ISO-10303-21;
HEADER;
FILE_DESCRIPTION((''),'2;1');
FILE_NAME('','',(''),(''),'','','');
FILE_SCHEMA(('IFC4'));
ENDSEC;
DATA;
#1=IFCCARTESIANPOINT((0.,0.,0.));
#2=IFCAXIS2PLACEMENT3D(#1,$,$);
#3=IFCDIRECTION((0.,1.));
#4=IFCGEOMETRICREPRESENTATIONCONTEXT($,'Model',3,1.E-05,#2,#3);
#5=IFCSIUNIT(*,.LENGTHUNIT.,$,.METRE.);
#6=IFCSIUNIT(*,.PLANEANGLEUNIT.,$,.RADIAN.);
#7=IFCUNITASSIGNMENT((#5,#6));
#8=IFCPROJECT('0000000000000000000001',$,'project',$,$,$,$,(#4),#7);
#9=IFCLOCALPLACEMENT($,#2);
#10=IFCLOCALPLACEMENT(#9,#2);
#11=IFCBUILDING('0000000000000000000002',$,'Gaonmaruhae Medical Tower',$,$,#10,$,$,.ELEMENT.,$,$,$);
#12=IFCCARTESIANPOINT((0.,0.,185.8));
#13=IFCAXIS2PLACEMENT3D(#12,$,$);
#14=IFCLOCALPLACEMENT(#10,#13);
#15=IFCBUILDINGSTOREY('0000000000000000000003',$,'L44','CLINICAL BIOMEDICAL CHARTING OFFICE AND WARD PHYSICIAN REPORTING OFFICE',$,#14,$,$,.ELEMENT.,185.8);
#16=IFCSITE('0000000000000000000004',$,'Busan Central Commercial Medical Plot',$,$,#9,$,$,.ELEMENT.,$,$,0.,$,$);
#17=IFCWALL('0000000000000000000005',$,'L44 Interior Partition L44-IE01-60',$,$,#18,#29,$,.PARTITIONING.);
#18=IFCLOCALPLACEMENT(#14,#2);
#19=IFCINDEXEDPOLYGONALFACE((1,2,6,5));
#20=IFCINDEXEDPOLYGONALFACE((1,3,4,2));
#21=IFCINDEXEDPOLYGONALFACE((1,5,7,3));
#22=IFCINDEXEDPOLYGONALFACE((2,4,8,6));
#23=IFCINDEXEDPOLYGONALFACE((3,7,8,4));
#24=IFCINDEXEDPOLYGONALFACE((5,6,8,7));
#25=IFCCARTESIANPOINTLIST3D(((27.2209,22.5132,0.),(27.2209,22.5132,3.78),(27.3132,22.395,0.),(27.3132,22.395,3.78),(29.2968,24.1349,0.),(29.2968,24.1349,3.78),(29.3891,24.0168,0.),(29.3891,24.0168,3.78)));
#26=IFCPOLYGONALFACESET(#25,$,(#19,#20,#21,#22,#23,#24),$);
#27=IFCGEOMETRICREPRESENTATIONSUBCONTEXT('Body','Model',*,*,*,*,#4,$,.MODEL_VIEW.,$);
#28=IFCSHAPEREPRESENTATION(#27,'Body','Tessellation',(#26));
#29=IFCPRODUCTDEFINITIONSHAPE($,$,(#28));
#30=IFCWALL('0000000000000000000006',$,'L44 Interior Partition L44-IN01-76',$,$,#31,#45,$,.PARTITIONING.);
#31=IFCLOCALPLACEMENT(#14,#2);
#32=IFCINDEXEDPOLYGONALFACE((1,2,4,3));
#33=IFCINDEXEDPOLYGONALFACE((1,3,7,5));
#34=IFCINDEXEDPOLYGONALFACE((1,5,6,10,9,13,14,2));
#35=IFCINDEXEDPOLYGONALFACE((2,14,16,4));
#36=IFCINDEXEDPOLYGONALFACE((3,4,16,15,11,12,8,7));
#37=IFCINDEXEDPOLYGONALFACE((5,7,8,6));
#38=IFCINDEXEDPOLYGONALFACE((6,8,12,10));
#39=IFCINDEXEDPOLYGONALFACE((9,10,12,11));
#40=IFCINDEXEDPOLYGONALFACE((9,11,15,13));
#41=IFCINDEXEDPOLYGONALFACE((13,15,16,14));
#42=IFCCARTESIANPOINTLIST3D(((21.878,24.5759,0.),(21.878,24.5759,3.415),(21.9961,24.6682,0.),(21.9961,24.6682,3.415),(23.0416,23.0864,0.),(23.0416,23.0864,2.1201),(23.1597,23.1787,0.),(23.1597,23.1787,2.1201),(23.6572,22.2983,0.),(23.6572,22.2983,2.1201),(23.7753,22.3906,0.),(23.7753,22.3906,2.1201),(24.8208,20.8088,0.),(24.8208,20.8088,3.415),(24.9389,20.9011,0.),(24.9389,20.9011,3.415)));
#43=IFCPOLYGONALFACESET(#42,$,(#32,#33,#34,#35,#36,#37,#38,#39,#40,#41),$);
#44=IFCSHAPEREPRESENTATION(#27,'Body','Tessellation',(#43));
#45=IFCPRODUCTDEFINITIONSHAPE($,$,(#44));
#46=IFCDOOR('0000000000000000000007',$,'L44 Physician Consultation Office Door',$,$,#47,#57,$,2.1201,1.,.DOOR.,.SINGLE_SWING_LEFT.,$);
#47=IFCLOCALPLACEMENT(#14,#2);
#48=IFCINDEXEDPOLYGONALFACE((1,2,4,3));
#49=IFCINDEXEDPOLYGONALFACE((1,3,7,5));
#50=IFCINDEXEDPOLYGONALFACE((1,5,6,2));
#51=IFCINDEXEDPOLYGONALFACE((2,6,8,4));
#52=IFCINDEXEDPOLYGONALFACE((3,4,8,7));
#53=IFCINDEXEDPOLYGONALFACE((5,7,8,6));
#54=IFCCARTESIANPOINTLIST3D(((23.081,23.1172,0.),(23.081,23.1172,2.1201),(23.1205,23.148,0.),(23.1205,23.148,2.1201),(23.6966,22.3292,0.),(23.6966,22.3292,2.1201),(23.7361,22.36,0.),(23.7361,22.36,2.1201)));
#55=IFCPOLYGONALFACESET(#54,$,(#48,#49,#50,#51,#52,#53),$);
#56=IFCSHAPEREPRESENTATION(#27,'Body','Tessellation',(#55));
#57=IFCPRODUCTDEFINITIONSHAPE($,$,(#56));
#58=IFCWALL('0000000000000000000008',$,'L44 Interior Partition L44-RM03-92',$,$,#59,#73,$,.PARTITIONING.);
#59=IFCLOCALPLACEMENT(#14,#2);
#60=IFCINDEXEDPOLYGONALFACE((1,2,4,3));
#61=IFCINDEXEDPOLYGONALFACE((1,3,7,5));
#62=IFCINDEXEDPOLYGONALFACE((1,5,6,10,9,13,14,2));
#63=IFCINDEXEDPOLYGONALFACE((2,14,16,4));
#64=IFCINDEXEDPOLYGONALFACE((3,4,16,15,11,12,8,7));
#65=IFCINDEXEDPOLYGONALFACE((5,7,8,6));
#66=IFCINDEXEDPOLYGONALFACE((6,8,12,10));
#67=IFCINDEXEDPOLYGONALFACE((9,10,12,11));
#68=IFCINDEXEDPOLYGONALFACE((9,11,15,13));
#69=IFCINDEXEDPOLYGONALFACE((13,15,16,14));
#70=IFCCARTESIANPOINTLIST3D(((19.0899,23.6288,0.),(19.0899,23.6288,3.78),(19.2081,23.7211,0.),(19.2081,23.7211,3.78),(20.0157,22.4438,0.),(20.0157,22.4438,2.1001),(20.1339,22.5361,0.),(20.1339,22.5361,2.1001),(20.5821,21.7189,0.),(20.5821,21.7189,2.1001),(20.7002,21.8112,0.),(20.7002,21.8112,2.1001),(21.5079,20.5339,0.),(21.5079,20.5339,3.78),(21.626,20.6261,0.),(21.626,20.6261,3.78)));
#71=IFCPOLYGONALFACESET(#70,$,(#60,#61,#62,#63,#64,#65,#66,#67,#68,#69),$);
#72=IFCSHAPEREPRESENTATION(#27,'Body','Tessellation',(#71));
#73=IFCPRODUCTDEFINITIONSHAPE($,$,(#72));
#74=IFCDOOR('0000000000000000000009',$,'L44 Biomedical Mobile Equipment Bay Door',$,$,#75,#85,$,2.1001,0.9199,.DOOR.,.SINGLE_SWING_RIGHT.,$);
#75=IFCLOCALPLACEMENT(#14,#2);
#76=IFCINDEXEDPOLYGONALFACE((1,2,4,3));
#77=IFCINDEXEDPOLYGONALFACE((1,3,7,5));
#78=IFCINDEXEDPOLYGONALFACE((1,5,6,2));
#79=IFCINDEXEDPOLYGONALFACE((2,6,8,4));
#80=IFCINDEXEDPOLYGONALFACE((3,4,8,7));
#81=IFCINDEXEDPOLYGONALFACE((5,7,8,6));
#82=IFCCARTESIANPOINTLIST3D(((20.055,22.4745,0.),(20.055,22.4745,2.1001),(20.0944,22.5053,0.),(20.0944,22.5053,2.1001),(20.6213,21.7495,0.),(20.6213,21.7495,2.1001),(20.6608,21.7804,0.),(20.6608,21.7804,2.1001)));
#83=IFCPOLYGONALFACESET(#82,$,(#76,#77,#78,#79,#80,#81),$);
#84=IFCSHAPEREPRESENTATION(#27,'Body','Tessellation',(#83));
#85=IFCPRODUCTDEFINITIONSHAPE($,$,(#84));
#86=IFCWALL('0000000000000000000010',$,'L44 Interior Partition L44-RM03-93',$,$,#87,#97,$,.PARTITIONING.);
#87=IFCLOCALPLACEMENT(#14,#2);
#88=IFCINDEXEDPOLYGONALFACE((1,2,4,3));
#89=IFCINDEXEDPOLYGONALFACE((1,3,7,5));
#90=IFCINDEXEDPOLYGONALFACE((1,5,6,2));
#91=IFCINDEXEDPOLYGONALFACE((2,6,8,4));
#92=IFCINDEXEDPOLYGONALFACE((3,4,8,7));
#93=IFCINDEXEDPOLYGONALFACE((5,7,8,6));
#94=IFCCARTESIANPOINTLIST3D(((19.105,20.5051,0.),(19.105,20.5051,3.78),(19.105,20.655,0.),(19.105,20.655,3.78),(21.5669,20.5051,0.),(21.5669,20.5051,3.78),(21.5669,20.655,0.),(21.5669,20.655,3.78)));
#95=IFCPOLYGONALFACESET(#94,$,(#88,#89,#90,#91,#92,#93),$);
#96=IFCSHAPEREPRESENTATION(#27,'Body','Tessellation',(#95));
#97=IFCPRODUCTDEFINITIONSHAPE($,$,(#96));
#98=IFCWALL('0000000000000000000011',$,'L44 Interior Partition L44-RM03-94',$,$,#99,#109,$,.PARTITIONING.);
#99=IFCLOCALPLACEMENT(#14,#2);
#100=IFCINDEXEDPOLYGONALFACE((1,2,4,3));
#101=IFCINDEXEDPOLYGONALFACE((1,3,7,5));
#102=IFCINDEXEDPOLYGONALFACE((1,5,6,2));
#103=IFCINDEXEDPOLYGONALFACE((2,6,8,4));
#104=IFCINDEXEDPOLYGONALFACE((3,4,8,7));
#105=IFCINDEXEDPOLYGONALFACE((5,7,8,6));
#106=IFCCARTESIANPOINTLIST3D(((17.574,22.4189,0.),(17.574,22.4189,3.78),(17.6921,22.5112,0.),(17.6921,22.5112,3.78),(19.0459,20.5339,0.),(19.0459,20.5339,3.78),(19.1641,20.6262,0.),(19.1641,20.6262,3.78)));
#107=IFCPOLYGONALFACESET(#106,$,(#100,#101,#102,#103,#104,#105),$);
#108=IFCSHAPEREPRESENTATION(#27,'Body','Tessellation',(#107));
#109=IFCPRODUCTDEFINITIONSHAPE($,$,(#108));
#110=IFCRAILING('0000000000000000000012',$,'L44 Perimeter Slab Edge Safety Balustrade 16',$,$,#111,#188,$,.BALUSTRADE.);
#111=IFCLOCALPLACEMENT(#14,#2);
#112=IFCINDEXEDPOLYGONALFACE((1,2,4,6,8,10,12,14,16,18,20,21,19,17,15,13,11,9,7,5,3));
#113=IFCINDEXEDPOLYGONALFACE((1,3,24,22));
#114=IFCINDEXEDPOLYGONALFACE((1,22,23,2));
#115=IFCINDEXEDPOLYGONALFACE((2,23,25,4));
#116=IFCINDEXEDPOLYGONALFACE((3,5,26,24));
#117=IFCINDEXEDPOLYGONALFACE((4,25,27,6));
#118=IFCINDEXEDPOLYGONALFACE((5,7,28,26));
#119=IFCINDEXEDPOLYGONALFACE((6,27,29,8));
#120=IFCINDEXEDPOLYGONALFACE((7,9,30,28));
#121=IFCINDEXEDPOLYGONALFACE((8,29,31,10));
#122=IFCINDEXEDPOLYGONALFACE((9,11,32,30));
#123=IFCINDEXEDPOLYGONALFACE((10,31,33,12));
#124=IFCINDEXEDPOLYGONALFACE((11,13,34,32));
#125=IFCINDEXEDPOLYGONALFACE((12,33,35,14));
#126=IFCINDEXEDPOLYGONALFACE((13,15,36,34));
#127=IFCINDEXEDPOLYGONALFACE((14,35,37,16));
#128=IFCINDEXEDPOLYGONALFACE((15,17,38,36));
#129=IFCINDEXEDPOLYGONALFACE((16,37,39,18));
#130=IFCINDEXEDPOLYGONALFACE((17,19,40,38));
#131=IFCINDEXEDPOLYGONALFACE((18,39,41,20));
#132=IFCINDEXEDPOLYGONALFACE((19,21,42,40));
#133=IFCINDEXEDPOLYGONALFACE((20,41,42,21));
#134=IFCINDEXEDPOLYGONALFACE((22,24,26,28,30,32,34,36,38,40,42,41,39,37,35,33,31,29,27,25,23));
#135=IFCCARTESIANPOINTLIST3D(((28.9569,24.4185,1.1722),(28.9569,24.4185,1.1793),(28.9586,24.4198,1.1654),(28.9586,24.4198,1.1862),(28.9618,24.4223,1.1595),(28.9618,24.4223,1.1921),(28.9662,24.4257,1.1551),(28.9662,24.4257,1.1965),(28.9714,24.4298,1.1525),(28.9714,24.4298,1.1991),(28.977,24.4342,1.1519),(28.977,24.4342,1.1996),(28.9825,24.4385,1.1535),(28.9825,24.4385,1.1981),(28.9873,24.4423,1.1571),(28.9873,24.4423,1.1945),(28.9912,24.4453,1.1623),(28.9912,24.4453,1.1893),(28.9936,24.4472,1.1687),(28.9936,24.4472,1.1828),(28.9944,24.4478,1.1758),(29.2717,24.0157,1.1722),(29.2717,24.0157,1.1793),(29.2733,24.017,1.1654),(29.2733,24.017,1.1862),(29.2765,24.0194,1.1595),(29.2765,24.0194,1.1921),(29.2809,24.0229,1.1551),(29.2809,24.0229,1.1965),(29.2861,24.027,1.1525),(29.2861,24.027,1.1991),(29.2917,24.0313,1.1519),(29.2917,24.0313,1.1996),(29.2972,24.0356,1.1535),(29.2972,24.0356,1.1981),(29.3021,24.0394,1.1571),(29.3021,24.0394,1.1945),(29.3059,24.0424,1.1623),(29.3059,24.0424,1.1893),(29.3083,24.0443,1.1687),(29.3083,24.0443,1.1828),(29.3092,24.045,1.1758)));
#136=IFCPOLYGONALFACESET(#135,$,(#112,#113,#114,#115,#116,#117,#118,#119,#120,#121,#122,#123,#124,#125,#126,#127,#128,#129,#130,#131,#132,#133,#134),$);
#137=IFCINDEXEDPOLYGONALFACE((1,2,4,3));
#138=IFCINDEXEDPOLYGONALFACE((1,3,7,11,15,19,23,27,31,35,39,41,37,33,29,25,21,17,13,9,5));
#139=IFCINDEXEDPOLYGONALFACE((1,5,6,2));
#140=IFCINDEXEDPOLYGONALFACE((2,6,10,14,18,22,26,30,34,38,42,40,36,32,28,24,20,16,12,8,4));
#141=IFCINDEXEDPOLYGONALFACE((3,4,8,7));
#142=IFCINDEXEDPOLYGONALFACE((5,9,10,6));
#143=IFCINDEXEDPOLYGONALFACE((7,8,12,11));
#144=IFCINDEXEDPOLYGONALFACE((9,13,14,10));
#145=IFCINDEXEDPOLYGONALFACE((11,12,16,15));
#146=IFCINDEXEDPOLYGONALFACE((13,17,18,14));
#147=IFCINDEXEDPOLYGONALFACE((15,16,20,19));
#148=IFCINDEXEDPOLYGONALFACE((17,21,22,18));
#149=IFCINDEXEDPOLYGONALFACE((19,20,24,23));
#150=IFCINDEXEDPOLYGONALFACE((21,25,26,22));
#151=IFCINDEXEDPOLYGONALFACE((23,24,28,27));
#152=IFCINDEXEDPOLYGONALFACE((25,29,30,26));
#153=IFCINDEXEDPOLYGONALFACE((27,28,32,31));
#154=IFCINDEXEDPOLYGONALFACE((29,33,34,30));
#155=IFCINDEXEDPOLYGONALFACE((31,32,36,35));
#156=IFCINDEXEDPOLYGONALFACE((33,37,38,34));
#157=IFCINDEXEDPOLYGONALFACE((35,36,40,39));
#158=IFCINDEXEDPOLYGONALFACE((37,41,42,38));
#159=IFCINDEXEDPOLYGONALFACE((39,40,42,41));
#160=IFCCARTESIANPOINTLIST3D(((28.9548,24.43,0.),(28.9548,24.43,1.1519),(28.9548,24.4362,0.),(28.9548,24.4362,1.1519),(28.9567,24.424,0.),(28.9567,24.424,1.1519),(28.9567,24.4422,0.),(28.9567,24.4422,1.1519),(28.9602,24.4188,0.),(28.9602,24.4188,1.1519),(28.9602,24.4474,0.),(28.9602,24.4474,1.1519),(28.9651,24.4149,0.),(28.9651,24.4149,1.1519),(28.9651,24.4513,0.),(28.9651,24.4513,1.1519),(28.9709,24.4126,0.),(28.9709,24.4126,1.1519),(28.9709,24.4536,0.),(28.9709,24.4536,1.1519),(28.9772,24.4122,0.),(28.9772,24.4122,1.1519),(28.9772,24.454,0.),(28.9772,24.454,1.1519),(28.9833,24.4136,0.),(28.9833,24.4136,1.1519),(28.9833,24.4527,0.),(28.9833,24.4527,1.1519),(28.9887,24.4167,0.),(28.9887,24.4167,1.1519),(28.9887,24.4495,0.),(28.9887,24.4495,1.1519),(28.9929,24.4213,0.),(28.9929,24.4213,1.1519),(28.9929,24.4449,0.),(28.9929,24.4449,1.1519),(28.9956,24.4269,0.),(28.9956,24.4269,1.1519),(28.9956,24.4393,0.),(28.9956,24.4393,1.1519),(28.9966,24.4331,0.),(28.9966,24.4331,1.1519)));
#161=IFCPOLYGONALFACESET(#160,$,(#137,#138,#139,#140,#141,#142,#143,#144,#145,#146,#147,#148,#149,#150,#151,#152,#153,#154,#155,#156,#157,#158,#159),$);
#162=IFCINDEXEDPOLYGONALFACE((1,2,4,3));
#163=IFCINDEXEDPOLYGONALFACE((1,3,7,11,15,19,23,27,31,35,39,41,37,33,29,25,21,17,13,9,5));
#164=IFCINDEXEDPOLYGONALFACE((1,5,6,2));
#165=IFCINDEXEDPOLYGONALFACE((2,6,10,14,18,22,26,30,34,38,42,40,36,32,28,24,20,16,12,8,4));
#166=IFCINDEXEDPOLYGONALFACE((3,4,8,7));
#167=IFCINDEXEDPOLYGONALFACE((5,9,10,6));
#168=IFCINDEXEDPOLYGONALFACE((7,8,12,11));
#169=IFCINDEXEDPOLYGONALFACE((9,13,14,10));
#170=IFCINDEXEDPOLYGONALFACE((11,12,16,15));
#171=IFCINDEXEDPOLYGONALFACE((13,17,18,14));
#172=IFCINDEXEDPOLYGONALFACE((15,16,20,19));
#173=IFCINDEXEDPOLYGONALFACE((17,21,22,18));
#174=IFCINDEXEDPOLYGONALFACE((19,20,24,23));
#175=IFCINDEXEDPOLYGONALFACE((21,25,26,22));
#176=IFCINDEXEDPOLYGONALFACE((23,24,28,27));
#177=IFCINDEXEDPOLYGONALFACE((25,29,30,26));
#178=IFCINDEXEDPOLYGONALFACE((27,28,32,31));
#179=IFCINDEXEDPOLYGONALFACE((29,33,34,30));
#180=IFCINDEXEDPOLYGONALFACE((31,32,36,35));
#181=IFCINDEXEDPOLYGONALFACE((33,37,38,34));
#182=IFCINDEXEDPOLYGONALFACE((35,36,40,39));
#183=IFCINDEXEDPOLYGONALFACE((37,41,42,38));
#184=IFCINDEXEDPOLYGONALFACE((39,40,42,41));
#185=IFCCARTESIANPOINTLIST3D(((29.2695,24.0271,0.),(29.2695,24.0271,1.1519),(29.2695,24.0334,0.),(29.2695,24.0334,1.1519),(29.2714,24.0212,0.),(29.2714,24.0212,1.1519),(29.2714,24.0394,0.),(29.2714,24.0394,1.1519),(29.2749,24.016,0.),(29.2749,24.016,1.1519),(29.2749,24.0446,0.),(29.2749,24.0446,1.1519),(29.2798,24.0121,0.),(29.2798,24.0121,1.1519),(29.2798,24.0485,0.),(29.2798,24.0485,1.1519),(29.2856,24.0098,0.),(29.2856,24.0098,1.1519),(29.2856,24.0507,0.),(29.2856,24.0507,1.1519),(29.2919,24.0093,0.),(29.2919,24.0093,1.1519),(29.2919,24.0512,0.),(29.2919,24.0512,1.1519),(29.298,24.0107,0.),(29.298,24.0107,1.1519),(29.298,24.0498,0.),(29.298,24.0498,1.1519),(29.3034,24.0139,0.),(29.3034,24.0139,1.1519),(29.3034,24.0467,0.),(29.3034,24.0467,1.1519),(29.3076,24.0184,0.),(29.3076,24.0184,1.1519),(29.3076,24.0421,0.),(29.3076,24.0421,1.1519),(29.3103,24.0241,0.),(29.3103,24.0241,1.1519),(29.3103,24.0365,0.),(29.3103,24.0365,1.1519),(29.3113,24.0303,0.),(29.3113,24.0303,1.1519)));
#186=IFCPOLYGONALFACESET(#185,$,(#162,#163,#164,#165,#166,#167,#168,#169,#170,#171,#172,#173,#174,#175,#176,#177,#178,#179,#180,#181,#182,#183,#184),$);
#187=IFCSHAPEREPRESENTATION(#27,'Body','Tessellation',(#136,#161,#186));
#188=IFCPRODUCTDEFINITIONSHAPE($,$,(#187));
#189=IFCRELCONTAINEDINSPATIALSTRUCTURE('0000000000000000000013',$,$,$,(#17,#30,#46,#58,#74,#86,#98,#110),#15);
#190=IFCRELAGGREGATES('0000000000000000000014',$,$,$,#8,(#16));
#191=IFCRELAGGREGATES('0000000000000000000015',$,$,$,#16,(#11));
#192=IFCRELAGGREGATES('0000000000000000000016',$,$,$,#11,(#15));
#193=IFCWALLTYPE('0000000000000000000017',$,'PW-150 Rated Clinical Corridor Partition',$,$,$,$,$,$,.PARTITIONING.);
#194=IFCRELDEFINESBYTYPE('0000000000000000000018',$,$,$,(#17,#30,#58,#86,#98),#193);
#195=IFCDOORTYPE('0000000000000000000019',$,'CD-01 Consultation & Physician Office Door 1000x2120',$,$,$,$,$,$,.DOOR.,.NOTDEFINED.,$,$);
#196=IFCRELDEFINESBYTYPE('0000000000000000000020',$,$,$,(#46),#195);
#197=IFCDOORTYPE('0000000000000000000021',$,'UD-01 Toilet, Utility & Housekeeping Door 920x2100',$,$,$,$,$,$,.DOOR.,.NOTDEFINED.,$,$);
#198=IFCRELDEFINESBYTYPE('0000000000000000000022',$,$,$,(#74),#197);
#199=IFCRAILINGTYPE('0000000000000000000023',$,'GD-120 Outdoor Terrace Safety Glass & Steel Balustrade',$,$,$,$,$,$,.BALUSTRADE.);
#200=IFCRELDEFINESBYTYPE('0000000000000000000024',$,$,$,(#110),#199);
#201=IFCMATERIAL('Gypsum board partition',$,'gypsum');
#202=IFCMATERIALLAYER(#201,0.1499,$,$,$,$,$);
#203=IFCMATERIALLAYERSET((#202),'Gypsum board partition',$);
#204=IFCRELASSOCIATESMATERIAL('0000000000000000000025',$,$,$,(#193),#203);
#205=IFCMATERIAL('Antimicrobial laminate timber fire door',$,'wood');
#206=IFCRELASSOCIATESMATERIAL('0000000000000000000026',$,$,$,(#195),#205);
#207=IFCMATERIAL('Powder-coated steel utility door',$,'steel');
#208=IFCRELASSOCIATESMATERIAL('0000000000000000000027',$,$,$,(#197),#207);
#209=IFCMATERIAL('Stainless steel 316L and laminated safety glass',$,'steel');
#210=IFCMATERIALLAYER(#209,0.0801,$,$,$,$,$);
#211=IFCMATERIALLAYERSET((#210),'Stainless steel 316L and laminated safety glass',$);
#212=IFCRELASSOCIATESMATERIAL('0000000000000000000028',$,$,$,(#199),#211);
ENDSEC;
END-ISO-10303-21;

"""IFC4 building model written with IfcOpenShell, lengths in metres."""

from ifc_helpers import new_model, si_unit, direction, frame, frame_2d, origin, origin_2d, place, context, subcontext, project, spatial, rectangle, circle, extrude, material, layer, layer_set, type_object, element, fill, save


model = new_model("IFC4")

# Units and contexts
model_context = context("Model", 3, precision=1e-05, world=origin(), true_north=direction((0.0, 1.0)))
body_context = subcontext(model_context, "Body", "Model", "MODEL_VIEW")
ifc_project = project(units=[si_unit("LENGTHUNIT", "METRE"), si_unit("PLANEANGLEUNIT", "RADIAN")], contexts=[model_context])

# Site, building, storey
site_placement = place(None, origin())
site = spatial("IfcSite", under=ifc_project, at=site_placement, Name="Busan Central Commercial Medical Plot", CompositionType="ELEMENT", RefElevation=0.0)
building_placement = place(site_placement, origin())
building = spatial("IfcBuilding", under=site, at=building_placement, Name="Gaonmaruhae Medical Tower", CompositionType="ELEMENT")
storey_placement = place(building_placement, frame((0.0, 0.0, 185.8)))
storey = spatial("IfcBuildingStorey", under=building, at=storey_placement, Name="L44", Description="CLINICAL BIOMEDICAL CHARTING OFFICE AND WARD PHYSICIAN REPORTING OFFICE", CompositionType="ELEMENT", Elevation=185.8)

# Wall
ifc_material_1 = material(Name="Gypsum board partition", Category="gypsum")
ifc_layer_1 = layer(ifc_material_1, 0.1499)
ifc_layer_set_1 = layer_set([ifc_layer_1], Name="Gypsum board partition")
wall_type_1 = type_object("IfcWallType", Name="PW-150 Rated Clinical Corridor Partition", PredefinedType="PARTITIONING", material=ifc_layer_set_1)
wall_1_placement = place(storey_placement, frame((27.2671, 22.4541, 0.0), z_axis=(0.0, 0.0, 1.0), x_axis=(0.788023, 0.615646, 0.0)))
element("IfcWall", 1, at=wall_1_placement, inside=storey, type_object=wall_type_1, Name="L44 Interior Partition L44-IE01-60", PredefinedType="PARTITIONING", context=body_context, shape_type="SweptSolid", body=[
    extrude(rectangle(XDim=2.6343, YDim=0.1499, at=frame_2d((1.3171, 0.0))), origin(), (0.0, 0.0, 1.0), 3.78),
])

# Walls, openings, doors
wall_2_placement = place(storey_placement, frame((24.8799, 20.855, 0.0), z_axis=(0.0, 0.0, 1.0), x_axis=(-0.615622, 0.788041, 0.0)))
wall_2 = element("IfcWall", 2, at=wall_2_placement, inside=storey, type_object=wall_type_1, Name="L44 Interior Partition L44-IN01-76", PredefinedType="PARTITIONING", context=body_context, shape_type="SweptSolid", body=[
    extrude(rectangle(XDim=4.7803, YDim=0.1499, at=frame_2d((2.3901, 0.0))), origin(), (0.0, 0.0, 1.0), 3.415),
])
opening_1_placement = place(wall_2_placement, frame((1.8901, 0.0, 0.0)))
opening_1 = element("IfcOpeningElement", 3, at=opening_1_placement, cuts=wall_2, PredefinedType="OPENING", context=body_context, shape_type="SweptSolid", body=[
    extrude(rectangle(XDim=1.0, YDim=2.1201, at=frame_2d((0.5, 1.0601))), frame((0.0, 0.085, 0.0), z_axis=(0.0, -1.0, 0.0), x_axis=(1.0, 0.0, 0.0)), (0.0, 0.0, 1.0), 0.1699),
])
ifc_material_2 = material(Name="Antimicrobial laminate timber fire door", Category="wood")
door_type_1 = type_object("IfcDoorType", Name="CD-01 Consultation & Physician Office Door 1000x2120", OperationType="NOTDEFINED", PredefinedType="DOOR", material=ifc_material_2)
door_1_placement = place(opening_1_placement, origin())
door_1 = element("IfcDoor", 4, at=door_1_placement, inside=storey, type_object=door_type_1, Name="L44 Physician Consultation Office Door", OperationType="SINGLE_SWING_LEFT", OverallHeight=2.1201, OverallWidth=1.0, PredefinedType="DOOR", context=body_context, shape_type="SweptSolid", body=[
    extrude(rectangle(XDim=1.0, YDim=2.1201, at=frame_2d((0.5, 1.0601))), frame((0.0, 0.0249, 0.0), z_axis=(0.0, -1.0, 0.0), x_axis=(1.0, 0.0, 0.0)), (0.0, 0.0, 1.0), 0.05),
])
fill(opening_1, door_1)
wall_3_placement = place(storey_placement, frame((19.1489, 23.675, 0.0), z_axis=(0.0, 0.0, 1.0), x_axis=(0.615648, -0.788022, 0.0)))
wall_3 = element("IfcWall", 5, at=wall_3_placement, inside=storey, type_object=wall_type_1, Name="L44 Interior Partition L44-RM03-92", PredefinedType="PARTITIONING", context=body_context, shape_type="SweptSolid", body=[
    extrude(rectangle(XDim=3.9275, YDim=0.1499, at=frame_2d((1.9639, 0.0))), origin(), (0.0, 0.0, 1.0), 3.78),
])
opening_2_placement = place(wall_3_placement, frame((1.5039, 0.0, 0.0)))
opening_2 = element("IfcOpeningElement", 6, at=opening_2_placement, cuts=wall_3, PredefinedType="OPENING", context=body_context, shape_type="SweptSolid", body=[
    extrude(rectangle(XDim=0.9199, YDim=2.1001, at=frame_2d((0.46, 1.05))), frame((0.0, 0.085, 0.0), z_axis=(0.0, -1.0, 0.0), x_axis=(1.0, 0.0, 0.0)), (0.0, 0.0, 1.0), 0.1699),
])
ifc_material_3 = material(Name="Powder-coated steel utility door", Category="steel")
door_type_2 = type_object("IfcDoorType", Name="UD-01 Toilet, Utility & Housekeeping Door 920x2100", OperationType="NOTDEFINED", PredefinedType="DOOR", material=ifc_material_3)
door_2_placement = place(opening_2_placement, origin())
door_2 = element("IfcDoor", 7, at=door_2_placement, inside=storey, type_object=door_type_2, Name="L44 Biomedical Mobile Equipment Bay Door", OperationType="SINGLE_SWING_RIGHT", OverallHeight=2.1001, OverallWidth=0.9199, PredefinedType="DOOR", context=body_context, shape_type="SweptSolid", body=[
    extrude(rectangle(XDim=0.9199, YDim=2.1001, at=frame_2d((0.46, 1.05))), frame((0.0, 0.0249, 0.0), z_axis=(0.0, -1.0, 0.0), x_axis=(1.0, 0.0, 0.0)), (0.0, 0.0, 1.0), 0.05),
])
fill(opening_2, door_2)

# Walls
wall_4_placement = place(storey_placement, frame((21.5669, 20.5801, 0.0), z_axis=(0.0, 0.0, 1.0), x_axis=(-1.0, 0.0, 0.0)))
element("IfcWall", 8, at=wall_4_placement, inside=storey, type_object=wall_type_1, Name="L44 Interior Partition L44-RM03-93", PredefinedType="PARTITIONING", context=body_context, shape_type="SweptSolid", body=[
    extrude(rectangle(XDim=2.4619, YDim=0.1499, at=frame_2d((1.231, 0.0))), origin(), (0.0, 0.0, 1.0), 3.78),
])
wall_5_placement = place(storey_placement, frame((19.105, 20.5801, 0.0), z_axis=(0.0, 0.0, 1.0), x_axis=(-0.615452, 0.788174, 0.0)))
element("IfcWall", 9, at=wall_5_placement, inside=storey, type_object=wall_type_1, Name="L44 Interior Partition L44-RM03-94", PredefinedType="PARTITIONING", context=body_context, shape_type="SweptSolid", body=[
    extrude(rectangle(XDim=2.3916, YDim=0.1499, at=frame_2d((1.1958, 0.0))), origin(), (0.0, 0.0, 1.0), 3.78),
])

# Railing
ifc_material_4 = material(Name="Stainless steel 316L and laminated safety glass", Category="steel")
ifc_layer_2 = layer(ifc_material_4, 0.0801)
ifc_layer_set_2 = layer_set([ifc_layer_2], Name="Stainless steel 316L and laminated safety glass")
railing_type = type_object("IfcRailingType", Name="GD-120 Outdoor Terrace Safety Glass & Steel Balustrade", PredefinedType="BALUSTRADE", material=ifc_layer_set_2)
railing_placement = place(storey_placement, frame((28.9756, 24.4331, 0.0)))
element("IfcRailing", 10, at=railing_placement, inside=storey, type_object=railing_type, Name="L44 Perimeter Slab Edge Safety Balustrade 16", PredefinedType="BALUSTRADE", context=body_context, shape_type="SweptSolid", body=[
    extrude(circle(Radius=0.0239, at=origin_2d()), frame((0.0, 0.0, 1.1758), z_axis=(0.615626, -0.788039, 0.0), x_axis=(0.788039, 0.615626, 0.0)), (0.0, 0.0, 1.0), 0.5112),
    extrude(circle(Radius=0.021, at=origin_2d()), origin(), (0.0, 0.0, 1.0), 1.1519),
    extrude(circle(Radius=0.021, at=origin_2d()), frame((0.3147, -0.4028, 0.0)), (0.0, 0.0, 1.0), 1.1519),
])

save(model, "model.ifc")
